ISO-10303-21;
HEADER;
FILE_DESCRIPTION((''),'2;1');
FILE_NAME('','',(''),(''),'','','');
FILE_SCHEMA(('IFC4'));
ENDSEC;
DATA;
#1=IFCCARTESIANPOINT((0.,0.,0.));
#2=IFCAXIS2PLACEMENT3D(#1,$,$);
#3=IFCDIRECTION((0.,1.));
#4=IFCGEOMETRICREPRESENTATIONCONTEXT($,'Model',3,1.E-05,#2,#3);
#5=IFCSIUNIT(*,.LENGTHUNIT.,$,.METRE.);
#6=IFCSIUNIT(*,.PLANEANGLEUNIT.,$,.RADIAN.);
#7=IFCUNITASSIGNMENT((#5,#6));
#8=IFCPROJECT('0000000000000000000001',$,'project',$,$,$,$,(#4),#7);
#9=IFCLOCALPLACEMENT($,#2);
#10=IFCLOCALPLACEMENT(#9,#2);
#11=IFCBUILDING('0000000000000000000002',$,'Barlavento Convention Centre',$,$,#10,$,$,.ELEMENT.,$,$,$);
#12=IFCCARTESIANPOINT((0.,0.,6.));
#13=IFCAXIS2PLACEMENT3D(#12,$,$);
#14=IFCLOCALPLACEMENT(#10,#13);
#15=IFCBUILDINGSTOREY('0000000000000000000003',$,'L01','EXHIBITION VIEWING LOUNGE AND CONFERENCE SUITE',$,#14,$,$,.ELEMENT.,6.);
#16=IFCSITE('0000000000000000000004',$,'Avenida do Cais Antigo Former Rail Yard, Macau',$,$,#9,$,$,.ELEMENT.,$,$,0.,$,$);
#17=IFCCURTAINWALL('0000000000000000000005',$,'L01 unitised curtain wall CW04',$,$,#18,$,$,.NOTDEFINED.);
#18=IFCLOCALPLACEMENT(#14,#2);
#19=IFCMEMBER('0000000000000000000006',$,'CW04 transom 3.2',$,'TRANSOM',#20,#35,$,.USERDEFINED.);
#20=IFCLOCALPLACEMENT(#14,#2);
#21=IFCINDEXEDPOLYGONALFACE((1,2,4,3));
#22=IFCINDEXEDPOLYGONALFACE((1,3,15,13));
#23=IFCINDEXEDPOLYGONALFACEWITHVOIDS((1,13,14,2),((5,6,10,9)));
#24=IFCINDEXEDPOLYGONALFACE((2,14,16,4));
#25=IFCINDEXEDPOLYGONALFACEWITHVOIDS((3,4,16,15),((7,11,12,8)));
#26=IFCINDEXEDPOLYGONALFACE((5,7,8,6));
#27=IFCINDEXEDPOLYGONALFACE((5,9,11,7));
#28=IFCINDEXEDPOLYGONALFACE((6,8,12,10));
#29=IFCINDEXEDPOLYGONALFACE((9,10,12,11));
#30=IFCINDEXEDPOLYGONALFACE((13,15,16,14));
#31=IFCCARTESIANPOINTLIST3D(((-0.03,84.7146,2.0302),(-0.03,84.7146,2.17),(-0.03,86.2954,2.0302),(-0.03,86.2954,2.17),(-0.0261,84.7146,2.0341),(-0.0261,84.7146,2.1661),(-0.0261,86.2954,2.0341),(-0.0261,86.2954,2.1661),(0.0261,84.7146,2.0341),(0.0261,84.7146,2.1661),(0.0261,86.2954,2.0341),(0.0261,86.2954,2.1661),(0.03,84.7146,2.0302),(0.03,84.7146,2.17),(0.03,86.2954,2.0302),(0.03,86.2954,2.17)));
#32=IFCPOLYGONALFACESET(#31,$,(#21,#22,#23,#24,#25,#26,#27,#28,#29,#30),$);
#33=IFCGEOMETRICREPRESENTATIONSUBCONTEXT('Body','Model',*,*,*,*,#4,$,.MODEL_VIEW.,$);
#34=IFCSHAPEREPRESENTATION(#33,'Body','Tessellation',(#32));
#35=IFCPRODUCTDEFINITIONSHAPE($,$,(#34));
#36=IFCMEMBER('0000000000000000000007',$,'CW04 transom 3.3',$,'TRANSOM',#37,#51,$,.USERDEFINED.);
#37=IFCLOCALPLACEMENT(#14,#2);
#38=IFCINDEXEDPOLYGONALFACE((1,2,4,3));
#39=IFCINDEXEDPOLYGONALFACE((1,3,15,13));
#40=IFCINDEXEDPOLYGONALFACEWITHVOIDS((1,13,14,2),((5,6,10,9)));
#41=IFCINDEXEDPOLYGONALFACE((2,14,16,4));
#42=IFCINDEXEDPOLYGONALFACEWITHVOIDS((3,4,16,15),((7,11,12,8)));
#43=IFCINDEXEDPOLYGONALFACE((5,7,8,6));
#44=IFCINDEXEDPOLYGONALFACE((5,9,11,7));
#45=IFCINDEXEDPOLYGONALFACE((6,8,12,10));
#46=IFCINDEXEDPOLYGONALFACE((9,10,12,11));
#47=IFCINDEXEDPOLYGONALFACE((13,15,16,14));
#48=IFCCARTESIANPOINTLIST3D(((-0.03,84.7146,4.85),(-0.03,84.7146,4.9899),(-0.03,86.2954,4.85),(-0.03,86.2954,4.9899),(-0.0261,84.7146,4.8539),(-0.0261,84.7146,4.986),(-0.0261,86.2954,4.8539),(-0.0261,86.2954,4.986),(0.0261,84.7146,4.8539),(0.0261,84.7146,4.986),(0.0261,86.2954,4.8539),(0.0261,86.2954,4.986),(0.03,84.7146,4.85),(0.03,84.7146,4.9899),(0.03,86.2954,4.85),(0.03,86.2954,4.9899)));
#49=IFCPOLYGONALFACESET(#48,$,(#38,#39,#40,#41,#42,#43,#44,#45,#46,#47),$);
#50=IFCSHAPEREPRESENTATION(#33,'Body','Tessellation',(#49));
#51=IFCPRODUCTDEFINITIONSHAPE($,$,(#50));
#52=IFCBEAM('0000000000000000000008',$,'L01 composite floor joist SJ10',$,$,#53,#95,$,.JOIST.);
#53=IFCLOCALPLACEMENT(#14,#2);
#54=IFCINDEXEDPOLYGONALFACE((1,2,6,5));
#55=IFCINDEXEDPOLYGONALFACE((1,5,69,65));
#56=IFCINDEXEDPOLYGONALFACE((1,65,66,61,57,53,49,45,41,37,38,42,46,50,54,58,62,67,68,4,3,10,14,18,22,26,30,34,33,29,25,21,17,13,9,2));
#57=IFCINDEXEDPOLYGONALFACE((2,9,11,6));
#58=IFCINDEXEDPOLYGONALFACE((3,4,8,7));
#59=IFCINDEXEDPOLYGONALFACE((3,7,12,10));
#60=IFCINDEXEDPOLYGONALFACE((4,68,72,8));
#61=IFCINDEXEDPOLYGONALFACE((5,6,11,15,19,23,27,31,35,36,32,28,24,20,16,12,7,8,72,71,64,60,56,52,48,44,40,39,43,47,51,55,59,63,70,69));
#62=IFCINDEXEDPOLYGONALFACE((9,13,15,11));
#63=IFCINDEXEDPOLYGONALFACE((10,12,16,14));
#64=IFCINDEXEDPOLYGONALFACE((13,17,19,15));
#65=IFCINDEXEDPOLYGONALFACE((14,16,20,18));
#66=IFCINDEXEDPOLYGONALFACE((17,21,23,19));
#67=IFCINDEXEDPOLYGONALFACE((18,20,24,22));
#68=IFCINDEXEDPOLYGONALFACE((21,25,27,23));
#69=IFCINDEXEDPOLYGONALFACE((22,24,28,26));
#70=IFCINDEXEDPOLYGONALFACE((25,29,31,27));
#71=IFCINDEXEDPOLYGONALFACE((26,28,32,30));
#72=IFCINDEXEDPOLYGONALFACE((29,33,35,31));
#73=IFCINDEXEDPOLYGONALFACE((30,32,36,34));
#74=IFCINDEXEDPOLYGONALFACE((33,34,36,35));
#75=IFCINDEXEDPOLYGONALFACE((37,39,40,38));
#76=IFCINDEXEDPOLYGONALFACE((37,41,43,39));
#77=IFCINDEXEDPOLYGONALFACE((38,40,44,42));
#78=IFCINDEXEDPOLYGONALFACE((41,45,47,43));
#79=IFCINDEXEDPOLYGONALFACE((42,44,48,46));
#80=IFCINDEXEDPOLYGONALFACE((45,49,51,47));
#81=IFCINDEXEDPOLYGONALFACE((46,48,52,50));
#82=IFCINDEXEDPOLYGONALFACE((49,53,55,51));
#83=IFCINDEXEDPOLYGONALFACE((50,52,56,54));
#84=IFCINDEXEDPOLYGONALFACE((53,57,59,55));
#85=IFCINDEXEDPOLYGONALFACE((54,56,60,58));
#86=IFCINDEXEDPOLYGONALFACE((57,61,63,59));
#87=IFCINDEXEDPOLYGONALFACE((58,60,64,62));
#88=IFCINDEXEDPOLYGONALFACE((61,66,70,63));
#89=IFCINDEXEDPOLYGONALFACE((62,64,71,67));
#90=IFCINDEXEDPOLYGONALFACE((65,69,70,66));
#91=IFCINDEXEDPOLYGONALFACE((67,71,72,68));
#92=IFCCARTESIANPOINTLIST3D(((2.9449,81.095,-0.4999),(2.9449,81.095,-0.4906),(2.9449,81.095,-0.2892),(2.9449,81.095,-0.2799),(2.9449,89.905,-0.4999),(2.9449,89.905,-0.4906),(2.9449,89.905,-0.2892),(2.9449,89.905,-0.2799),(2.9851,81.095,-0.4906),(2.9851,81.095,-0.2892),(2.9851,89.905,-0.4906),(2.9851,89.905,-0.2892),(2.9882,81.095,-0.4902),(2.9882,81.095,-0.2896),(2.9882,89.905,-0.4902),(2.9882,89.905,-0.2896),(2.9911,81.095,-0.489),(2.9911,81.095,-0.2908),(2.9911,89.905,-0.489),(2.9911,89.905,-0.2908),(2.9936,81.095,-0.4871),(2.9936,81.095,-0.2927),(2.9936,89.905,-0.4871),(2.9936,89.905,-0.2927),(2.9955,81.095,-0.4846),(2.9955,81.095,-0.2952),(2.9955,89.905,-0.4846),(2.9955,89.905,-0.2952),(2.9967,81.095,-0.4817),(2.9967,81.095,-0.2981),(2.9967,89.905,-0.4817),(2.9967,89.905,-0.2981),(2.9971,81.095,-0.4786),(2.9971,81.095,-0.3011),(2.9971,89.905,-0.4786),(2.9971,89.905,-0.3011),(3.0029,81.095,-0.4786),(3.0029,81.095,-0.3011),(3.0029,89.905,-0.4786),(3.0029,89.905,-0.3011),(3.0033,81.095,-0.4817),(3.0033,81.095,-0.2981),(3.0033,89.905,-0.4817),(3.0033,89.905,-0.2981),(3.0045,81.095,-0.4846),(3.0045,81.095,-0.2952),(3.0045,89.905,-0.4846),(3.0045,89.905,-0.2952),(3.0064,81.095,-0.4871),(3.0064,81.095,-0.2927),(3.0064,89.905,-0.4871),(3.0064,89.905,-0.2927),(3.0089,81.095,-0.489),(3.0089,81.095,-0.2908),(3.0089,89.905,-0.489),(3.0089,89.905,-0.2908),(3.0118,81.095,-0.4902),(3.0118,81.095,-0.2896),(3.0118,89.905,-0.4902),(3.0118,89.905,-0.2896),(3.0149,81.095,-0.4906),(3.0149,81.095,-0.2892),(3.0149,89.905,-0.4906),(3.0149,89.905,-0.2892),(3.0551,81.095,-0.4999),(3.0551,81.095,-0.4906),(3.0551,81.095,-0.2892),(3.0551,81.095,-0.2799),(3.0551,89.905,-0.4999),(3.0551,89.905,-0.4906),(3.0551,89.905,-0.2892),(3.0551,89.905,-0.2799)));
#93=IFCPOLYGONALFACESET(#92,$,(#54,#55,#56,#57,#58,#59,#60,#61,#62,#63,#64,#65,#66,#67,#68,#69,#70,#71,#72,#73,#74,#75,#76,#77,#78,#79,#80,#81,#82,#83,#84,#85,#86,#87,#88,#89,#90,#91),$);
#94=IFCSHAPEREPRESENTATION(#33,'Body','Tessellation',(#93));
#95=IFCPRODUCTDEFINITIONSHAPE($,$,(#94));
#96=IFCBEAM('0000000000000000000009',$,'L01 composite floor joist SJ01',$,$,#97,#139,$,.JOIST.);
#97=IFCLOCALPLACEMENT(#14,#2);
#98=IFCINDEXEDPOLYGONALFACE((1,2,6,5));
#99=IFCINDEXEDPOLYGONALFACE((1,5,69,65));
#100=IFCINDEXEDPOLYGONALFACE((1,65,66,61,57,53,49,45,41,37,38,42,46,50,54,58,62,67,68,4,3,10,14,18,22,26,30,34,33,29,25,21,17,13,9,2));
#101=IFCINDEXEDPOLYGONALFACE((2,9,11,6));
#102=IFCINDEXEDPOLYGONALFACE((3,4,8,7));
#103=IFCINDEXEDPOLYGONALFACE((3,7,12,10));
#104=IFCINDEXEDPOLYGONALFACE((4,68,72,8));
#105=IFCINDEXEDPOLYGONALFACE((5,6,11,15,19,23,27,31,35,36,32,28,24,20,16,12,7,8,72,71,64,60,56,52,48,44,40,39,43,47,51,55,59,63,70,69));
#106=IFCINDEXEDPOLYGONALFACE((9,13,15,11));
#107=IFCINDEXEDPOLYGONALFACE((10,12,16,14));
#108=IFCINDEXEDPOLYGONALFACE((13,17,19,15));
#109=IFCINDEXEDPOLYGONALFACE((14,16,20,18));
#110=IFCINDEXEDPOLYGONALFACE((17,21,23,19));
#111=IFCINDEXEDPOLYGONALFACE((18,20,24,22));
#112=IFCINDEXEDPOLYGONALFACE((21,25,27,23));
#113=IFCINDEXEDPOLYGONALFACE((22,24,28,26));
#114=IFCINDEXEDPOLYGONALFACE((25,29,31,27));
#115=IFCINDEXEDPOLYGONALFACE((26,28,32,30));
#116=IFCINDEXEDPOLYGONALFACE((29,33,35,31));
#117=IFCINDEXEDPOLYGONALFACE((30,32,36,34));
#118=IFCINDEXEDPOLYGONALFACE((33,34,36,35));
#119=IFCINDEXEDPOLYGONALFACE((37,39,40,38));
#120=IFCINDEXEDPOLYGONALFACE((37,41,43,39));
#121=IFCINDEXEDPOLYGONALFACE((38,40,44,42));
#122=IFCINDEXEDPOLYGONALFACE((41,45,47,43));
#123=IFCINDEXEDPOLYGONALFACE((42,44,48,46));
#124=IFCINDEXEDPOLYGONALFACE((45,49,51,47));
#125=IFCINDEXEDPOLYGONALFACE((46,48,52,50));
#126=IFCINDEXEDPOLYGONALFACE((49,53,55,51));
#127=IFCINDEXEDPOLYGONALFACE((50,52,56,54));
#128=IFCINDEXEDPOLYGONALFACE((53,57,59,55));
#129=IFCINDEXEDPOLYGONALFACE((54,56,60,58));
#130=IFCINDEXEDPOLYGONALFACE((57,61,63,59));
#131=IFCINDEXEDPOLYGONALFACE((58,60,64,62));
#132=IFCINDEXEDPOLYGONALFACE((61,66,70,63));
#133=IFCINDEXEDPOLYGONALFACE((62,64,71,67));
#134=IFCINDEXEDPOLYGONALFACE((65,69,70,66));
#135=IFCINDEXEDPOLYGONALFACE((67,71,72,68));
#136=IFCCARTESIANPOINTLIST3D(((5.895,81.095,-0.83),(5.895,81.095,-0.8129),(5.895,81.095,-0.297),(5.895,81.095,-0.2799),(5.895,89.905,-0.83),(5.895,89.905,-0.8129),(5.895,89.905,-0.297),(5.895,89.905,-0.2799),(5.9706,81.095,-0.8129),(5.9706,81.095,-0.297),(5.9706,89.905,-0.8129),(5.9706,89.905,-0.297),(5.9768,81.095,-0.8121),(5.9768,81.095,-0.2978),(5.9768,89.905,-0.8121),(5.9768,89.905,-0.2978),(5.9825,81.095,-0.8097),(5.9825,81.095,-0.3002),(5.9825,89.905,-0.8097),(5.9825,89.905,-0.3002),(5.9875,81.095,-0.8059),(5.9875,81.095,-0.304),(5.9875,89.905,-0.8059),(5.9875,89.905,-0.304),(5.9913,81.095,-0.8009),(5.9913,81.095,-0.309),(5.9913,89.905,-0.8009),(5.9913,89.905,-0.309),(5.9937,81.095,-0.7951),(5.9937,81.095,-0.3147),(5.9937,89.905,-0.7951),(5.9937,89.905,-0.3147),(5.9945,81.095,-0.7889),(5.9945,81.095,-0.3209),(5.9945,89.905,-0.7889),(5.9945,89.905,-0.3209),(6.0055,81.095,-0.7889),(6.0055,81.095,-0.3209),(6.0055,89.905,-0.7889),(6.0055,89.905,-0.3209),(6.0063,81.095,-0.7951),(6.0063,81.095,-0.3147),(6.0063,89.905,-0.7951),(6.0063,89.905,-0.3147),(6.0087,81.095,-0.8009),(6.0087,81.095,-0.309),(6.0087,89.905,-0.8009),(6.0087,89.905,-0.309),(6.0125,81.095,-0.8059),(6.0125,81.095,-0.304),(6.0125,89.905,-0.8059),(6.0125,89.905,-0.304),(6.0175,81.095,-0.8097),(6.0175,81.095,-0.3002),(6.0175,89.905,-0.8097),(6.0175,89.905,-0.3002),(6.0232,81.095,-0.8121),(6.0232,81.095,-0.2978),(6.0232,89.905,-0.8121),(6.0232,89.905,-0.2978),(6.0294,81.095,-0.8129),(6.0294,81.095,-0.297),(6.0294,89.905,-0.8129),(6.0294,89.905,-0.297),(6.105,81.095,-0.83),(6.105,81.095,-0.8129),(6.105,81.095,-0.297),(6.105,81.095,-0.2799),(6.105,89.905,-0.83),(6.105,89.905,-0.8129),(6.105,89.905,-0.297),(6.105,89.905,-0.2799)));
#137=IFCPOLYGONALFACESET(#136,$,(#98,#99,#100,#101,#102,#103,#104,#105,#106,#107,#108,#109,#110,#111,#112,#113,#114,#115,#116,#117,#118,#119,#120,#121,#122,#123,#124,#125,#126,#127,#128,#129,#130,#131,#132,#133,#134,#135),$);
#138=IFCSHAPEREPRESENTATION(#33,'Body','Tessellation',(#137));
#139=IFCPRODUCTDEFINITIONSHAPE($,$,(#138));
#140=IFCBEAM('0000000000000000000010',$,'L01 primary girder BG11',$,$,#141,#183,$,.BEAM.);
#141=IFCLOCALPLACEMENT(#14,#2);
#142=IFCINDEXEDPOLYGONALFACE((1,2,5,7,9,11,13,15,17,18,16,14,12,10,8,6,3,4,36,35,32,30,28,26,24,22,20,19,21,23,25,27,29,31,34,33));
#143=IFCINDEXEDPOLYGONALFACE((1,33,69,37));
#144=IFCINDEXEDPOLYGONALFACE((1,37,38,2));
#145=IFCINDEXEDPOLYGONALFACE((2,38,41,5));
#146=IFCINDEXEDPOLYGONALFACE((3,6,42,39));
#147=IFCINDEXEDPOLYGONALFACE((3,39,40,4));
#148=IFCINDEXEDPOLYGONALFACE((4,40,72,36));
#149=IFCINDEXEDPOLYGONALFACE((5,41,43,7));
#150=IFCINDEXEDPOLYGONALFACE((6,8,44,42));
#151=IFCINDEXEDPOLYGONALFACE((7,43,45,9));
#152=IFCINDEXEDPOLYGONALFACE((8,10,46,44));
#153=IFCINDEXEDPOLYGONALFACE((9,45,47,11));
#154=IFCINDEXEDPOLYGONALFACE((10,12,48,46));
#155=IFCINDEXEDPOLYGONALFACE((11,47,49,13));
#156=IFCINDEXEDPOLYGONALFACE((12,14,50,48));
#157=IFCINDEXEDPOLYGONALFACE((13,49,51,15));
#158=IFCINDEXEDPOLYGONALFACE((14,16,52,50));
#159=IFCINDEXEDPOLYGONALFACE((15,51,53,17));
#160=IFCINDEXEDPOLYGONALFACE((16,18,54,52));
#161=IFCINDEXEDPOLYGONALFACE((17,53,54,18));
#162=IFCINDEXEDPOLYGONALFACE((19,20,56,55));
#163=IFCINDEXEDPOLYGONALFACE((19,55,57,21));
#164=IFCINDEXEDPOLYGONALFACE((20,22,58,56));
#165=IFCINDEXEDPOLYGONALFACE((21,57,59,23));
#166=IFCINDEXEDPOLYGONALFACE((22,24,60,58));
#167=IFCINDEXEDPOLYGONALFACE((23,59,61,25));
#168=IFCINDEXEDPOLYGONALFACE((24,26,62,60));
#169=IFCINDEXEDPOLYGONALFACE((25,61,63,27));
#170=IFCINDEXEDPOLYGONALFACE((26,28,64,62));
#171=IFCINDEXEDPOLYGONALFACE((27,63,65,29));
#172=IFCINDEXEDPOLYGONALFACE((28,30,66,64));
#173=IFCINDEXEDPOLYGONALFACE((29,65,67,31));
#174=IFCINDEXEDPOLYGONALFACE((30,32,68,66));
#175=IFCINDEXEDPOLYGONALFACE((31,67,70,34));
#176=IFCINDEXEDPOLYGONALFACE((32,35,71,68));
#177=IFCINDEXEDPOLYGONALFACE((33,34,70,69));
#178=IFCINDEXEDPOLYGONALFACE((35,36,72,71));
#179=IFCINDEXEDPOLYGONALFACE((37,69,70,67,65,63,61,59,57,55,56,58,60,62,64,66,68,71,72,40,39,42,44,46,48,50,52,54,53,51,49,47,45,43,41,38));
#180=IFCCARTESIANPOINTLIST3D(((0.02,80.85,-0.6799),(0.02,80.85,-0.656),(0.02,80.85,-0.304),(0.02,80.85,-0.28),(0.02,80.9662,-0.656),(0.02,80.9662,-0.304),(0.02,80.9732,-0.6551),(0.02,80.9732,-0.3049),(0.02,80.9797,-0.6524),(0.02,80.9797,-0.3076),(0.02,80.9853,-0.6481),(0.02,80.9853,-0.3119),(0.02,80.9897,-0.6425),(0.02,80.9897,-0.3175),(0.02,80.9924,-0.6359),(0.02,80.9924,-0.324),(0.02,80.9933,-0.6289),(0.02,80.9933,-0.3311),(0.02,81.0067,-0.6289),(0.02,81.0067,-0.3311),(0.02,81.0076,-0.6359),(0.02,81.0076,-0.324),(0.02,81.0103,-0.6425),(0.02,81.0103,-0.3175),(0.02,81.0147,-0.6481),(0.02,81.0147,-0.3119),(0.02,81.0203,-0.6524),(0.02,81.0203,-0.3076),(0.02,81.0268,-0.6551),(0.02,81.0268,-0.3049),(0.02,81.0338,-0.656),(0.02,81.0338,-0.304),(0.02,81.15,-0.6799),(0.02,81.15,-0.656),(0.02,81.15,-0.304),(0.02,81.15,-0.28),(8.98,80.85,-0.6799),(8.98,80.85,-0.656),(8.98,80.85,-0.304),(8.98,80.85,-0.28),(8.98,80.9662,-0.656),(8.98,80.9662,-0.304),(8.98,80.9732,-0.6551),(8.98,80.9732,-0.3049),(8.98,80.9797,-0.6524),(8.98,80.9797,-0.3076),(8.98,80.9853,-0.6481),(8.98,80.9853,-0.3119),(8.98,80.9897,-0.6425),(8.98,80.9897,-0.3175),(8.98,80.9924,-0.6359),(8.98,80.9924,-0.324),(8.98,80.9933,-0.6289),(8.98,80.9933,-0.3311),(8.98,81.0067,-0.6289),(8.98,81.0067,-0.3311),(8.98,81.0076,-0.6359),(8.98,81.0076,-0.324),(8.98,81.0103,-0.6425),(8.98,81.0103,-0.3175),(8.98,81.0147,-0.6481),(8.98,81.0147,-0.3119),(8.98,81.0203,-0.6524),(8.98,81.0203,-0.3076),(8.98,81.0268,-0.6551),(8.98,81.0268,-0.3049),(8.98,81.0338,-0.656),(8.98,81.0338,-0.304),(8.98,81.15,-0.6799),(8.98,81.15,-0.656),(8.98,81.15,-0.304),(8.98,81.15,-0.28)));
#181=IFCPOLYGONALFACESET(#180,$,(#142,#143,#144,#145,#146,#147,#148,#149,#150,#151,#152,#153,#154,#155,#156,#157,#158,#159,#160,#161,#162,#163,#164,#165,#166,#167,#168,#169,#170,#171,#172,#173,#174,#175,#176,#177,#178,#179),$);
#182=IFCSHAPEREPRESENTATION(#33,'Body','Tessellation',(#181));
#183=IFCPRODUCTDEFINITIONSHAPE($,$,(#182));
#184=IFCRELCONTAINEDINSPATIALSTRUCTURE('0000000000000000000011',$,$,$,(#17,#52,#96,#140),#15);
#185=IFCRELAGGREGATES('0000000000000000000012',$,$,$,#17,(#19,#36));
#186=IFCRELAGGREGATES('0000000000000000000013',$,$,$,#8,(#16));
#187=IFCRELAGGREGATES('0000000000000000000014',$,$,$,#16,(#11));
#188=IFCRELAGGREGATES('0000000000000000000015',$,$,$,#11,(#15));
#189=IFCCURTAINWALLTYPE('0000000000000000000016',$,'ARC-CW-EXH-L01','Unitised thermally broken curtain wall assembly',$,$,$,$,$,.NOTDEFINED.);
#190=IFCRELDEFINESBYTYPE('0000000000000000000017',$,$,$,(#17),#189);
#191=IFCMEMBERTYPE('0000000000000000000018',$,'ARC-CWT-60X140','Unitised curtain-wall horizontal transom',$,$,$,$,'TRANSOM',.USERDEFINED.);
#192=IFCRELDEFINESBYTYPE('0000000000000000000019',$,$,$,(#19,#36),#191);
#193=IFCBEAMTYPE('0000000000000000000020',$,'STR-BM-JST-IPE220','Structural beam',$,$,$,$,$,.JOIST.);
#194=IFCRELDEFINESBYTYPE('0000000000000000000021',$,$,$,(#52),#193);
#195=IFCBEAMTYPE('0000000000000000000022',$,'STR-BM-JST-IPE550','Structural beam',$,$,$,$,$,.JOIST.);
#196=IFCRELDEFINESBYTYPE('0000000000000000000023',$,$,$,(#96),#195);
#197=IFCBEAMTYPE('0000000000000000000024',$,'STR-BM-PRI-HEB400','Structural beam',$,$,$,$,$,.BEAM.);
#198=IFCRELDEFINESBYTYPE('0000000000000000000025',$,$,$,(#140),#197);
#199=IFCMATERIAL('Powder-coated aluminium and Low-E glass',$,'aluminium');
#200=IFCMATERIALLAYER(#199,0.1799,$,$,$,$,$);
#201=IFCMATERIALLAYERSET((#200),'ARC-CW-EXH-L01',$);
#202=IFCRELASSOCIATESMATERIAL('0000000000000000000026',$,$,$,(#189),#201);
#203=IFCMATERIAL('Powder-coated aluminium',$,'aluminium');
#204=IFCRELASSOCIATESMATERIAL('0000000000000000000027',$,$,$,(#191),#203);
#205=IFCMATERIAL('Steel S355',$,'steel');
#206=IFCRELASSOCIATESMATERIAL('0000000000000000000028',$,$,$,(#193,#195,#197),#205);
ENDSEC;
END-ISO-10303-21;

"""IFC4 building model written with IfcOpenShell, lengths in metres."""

from ifc_helpers import new_model, si_unit, direction, frame, origin, origin_2d, place, context, subcontext, project, spatial, hollow_rectangle, i_section, extrude, material, layer, layer_set, material_profile, profile_set, type_object, element, aggregate, save


model = new_model("IFC4")

# Units and contexts
model_context = context("Model", 3, precision=1e-05, world=origin(), true_north=direction((0.0, 1.0)))
body_context = subcontext(model_context, "Body", "Model", "MODEL_VIEW")
ifc_project = project(units=[si_unit("LENGTHUNIT", "METRE"), si_unit("PLANEANGLEUNIT", "RADIAN")], contexts=[model_context])

# Site, building, storey
site_placement = place(None, origin())
site = spatial("IfcSite", under=ifc_project, at=site_placement, Name="Avenida do Cais Antigo Former Rail Yard, Macau", CompositionType="ELEMENT", RefElevation=0.0)
building_placement = place(site_placement, origin())
building = spatial("IfcBuilding", under=site, at=building_placement, Name="Barlavento Convention Centre", CompositionType="ELEMENT")
storey_placement = place(building_placement, frame((0.0, 0.0, 6.0)))
storey = spatial("IfcBuildingStorey", under=building, at=storey_placement, Name="L01", Description="EXHIBITION VIEWING LOUNGE AND CONFERENCE SUITE", CompositionType="ELEMENT", Elevation=6.0)

# Shared definitions
ifc_material_1 = material(Name="Steel S355", Category="steel")

# Curtain wall, members
ifc_material_2 = material(Name="Powder-coated aluminium and Low-E glass", Category="aluminium")
ifc_layer_1 = layer(ifc_material_2, 0.1799)
ifc_layer_set_1 = layer_set([ifc_layer_1], Name="ARC-CW-EXH-L01")
curtain_wall_type = type_object("IfcCurtainWallType", Name="ARC-CW-EXH-L01", Description="Unitised thermally broken curtain wall assembly", PredefinedType="NOTDEFINED", material=ifc_layer_set_1)
curtain_wall_placement = place(storey_placement, origin())
curtain_wall = element("IfcCurtainWall", 1, at=curtain_wall_placement, inside=storey, type_object=curtain_wall_type, Name="L01 unitised curtain wall CW04", PredefinedType="NOTDEFINED")
ifc_material_3 = material(Name="Powder-coated aluminium", Category="aluminium")
ifc_material_profile_1 = material_profile(ifc_material_3, hollow_rectangle(XDim=0.0601, YDim=0.1399, WallThickness=0.0039, at=origin_2d()), Name="AL-TRAN 60x140x4")
ifc_profile_set_1 = profile_set([ifc_material_profile_1], Name="Powder-coated aluminium")
member_type_1 = type_object("IfcMemberType", Name="ARC-CWT-60X140", Description="Unitised curtain-wall horizontal transom", ElementType="TRANSOM", PredefinedType="USERDEFINED", material=ifc_profile_set_1)
member_1_placement = place(storey_placement, frame((0.0, 84.7146, 2.1001), z_axis=(0.0, 1.0, 0.0), x_axis=(-1.0, 0.0, 0.0)))
member_1 = element("IfcMember", 2, at=member_1_placement, type_object=member_type_1, Name="CW04 transom 3.2", ObjectType="TRANSOM", PredefinedType="USERDEFINED", context=body_context, shape_type="SweptSolid", body=[
    extrude(hollow_rectangle(XDim=0.0601, YDim=0.1399, WallThickness=0.0039, at=origin_2d()), origin(), (0.0, 0.0, 1.0), 1.5808),
])
member_2_placement = place(storey_placement, frame((0.0, 84.7146, 4.9199), z_axis=(0.0, 1.0, 0.0), x_axis=(-1.0, 0.0, 0.0)))
member_2 = element("IfcMember", 3, at=member_2_placement, type_object=member_type_1, Name="CW04 transom 3.3", ObjectType="TRANSOM", PredefinedType="USERDEFINED", context=body_context, shape_type="SweptSolid", body=[
    extrude(hollow_rectangle(XDim=0.0601, YDim=0.1399, WallThickness=0.0039, at=origin_2d()), origin(), (0.0, 0.0, 1.0), 1.5808),
])

# Beams
ifc_material_profile_2 = material_profile(ifc_material_1, i_section(OverallWidth=0.1101, OverallDepth=0.22, WebThickness=0.0059, FlangeThickness=0.0093, FilletRadius=0.012, at=origin_2d()), Name="IPE 220")
ifc_profile_set_2 = profile_set([ifc_material_profile_2], Name="Steel S355")
beam_type_1 = type_object("IfcBeamType", Name="STR-BM-JST-IPE220", Description="Structural beam", PredefinedType="JOIST", material=ifc_profile_set_2)
beam_1_placement = place(storey_placement, frame((3.0, 81.095, -0.3899), z_axis=(0.0, 1.0, 0.0), x_axis=(-1.0, 0.0, 0.0)))
element("IfcBeam", 4, at=beam_1_placement, inside=storey, type_object=beam_type_1, Name="L01 composite floor joist SJ10", PredefinedType="JOIST", context=body_context, shape_type="SweptSolid", body=[
    extrude(i_section(OverallWidth=0.1101, OverallDepth=0.22, WebThickness=0.0059, FlangeThickness=0.0093, FilletRadius=0.012, at=origin_2d()), origin(), (0.0, 0.0, 1.0), 8.8101),
])
ifc_material_profile_3 = material_profile(ifc_material_1, i_section(OverallWidth=0.21, OverallDepth=0.55, WebThickness=0.011, FlangeThickness=0.0171, FilletRadius=0.0239, at=origin_2d()), Name="IPE 550")
ifc_profile_set_3 = profile_set([ifc_material_profile_3], Name="Steel S355")
beam_type_2 = type_object("IfcBeamType", Name="STR-BM-JST-IPE550", Description="Structural beam", PredefinedType="JOIST", material=ifc_profile_set_3)
beam_2_placement = place(storey_placement, frame((6.0, 81.095, -0.5549), z_axis=(0.0, 1.0, 0.0), x_axis=(-1.0, 0.0, 0.0)))
element("IfcBeam", 5, at=beam_2_placement, inside=storey, type_object=beam_type_2, Name="L01 composite floor joist SJ01", PredefinedType="JOIST", context=body_context, shape_type="SweptSolid", body=[
    extrude(i_section(OverallWidth=0.21, OverallDepth=0.55, WebThickness=0.011, FlangeThickness=0.0171, FilletRadius=0.0239, at=origin_2d()), origin(), (0.0, 0.0, 1.0), 8.8101),
])
ifc_material_profile_4 = material_profile(ifc_material_1, i_section(OverallWidth=0.3, OverallDepth=0.3999, WebThickness=0.0134, FlangeThickness=0.0239, FilletRadius=0.0271, at=origin_2d()), Name="HEB 400")
ifc_profile_set_4 = profile_set([ifc_material_profile_4], Name="Steel S355")
beam_type_3 = type_object("IfcBeamType", Name="STR-BM-PRI-HEB400", Description="Structural beam", PredefinedType="BEAM", material=ifc_profile_set_4)
beam_3_placement = place(storey_placement, frame((0.02, 81.0, -0.48), z_axis=(1.0, 0.0, 0.0), x_axis=(0.0, 1.0, 0.0)))
element("IfcBeam", 6, at=beam_3_placement, inside=storey, type_object=beam_type_3, Name="L01 primary girder BG11", PredefinedType="BEAM", context=body_context, shape_type="SweptSolid", body=[
    extrude(i_section(OverallWidth=0.3, OverallDepth=0.3999, WebThickness=0.0134, FlangeThickness=0.0239, FilletRadius=0.0271, at=origin_2d()), origin(), (0.0, 0.0, 1.0), 8.96),
])

aggregate(curtain_wall, [member_1, member_2])

save(model, "model.ifc")
